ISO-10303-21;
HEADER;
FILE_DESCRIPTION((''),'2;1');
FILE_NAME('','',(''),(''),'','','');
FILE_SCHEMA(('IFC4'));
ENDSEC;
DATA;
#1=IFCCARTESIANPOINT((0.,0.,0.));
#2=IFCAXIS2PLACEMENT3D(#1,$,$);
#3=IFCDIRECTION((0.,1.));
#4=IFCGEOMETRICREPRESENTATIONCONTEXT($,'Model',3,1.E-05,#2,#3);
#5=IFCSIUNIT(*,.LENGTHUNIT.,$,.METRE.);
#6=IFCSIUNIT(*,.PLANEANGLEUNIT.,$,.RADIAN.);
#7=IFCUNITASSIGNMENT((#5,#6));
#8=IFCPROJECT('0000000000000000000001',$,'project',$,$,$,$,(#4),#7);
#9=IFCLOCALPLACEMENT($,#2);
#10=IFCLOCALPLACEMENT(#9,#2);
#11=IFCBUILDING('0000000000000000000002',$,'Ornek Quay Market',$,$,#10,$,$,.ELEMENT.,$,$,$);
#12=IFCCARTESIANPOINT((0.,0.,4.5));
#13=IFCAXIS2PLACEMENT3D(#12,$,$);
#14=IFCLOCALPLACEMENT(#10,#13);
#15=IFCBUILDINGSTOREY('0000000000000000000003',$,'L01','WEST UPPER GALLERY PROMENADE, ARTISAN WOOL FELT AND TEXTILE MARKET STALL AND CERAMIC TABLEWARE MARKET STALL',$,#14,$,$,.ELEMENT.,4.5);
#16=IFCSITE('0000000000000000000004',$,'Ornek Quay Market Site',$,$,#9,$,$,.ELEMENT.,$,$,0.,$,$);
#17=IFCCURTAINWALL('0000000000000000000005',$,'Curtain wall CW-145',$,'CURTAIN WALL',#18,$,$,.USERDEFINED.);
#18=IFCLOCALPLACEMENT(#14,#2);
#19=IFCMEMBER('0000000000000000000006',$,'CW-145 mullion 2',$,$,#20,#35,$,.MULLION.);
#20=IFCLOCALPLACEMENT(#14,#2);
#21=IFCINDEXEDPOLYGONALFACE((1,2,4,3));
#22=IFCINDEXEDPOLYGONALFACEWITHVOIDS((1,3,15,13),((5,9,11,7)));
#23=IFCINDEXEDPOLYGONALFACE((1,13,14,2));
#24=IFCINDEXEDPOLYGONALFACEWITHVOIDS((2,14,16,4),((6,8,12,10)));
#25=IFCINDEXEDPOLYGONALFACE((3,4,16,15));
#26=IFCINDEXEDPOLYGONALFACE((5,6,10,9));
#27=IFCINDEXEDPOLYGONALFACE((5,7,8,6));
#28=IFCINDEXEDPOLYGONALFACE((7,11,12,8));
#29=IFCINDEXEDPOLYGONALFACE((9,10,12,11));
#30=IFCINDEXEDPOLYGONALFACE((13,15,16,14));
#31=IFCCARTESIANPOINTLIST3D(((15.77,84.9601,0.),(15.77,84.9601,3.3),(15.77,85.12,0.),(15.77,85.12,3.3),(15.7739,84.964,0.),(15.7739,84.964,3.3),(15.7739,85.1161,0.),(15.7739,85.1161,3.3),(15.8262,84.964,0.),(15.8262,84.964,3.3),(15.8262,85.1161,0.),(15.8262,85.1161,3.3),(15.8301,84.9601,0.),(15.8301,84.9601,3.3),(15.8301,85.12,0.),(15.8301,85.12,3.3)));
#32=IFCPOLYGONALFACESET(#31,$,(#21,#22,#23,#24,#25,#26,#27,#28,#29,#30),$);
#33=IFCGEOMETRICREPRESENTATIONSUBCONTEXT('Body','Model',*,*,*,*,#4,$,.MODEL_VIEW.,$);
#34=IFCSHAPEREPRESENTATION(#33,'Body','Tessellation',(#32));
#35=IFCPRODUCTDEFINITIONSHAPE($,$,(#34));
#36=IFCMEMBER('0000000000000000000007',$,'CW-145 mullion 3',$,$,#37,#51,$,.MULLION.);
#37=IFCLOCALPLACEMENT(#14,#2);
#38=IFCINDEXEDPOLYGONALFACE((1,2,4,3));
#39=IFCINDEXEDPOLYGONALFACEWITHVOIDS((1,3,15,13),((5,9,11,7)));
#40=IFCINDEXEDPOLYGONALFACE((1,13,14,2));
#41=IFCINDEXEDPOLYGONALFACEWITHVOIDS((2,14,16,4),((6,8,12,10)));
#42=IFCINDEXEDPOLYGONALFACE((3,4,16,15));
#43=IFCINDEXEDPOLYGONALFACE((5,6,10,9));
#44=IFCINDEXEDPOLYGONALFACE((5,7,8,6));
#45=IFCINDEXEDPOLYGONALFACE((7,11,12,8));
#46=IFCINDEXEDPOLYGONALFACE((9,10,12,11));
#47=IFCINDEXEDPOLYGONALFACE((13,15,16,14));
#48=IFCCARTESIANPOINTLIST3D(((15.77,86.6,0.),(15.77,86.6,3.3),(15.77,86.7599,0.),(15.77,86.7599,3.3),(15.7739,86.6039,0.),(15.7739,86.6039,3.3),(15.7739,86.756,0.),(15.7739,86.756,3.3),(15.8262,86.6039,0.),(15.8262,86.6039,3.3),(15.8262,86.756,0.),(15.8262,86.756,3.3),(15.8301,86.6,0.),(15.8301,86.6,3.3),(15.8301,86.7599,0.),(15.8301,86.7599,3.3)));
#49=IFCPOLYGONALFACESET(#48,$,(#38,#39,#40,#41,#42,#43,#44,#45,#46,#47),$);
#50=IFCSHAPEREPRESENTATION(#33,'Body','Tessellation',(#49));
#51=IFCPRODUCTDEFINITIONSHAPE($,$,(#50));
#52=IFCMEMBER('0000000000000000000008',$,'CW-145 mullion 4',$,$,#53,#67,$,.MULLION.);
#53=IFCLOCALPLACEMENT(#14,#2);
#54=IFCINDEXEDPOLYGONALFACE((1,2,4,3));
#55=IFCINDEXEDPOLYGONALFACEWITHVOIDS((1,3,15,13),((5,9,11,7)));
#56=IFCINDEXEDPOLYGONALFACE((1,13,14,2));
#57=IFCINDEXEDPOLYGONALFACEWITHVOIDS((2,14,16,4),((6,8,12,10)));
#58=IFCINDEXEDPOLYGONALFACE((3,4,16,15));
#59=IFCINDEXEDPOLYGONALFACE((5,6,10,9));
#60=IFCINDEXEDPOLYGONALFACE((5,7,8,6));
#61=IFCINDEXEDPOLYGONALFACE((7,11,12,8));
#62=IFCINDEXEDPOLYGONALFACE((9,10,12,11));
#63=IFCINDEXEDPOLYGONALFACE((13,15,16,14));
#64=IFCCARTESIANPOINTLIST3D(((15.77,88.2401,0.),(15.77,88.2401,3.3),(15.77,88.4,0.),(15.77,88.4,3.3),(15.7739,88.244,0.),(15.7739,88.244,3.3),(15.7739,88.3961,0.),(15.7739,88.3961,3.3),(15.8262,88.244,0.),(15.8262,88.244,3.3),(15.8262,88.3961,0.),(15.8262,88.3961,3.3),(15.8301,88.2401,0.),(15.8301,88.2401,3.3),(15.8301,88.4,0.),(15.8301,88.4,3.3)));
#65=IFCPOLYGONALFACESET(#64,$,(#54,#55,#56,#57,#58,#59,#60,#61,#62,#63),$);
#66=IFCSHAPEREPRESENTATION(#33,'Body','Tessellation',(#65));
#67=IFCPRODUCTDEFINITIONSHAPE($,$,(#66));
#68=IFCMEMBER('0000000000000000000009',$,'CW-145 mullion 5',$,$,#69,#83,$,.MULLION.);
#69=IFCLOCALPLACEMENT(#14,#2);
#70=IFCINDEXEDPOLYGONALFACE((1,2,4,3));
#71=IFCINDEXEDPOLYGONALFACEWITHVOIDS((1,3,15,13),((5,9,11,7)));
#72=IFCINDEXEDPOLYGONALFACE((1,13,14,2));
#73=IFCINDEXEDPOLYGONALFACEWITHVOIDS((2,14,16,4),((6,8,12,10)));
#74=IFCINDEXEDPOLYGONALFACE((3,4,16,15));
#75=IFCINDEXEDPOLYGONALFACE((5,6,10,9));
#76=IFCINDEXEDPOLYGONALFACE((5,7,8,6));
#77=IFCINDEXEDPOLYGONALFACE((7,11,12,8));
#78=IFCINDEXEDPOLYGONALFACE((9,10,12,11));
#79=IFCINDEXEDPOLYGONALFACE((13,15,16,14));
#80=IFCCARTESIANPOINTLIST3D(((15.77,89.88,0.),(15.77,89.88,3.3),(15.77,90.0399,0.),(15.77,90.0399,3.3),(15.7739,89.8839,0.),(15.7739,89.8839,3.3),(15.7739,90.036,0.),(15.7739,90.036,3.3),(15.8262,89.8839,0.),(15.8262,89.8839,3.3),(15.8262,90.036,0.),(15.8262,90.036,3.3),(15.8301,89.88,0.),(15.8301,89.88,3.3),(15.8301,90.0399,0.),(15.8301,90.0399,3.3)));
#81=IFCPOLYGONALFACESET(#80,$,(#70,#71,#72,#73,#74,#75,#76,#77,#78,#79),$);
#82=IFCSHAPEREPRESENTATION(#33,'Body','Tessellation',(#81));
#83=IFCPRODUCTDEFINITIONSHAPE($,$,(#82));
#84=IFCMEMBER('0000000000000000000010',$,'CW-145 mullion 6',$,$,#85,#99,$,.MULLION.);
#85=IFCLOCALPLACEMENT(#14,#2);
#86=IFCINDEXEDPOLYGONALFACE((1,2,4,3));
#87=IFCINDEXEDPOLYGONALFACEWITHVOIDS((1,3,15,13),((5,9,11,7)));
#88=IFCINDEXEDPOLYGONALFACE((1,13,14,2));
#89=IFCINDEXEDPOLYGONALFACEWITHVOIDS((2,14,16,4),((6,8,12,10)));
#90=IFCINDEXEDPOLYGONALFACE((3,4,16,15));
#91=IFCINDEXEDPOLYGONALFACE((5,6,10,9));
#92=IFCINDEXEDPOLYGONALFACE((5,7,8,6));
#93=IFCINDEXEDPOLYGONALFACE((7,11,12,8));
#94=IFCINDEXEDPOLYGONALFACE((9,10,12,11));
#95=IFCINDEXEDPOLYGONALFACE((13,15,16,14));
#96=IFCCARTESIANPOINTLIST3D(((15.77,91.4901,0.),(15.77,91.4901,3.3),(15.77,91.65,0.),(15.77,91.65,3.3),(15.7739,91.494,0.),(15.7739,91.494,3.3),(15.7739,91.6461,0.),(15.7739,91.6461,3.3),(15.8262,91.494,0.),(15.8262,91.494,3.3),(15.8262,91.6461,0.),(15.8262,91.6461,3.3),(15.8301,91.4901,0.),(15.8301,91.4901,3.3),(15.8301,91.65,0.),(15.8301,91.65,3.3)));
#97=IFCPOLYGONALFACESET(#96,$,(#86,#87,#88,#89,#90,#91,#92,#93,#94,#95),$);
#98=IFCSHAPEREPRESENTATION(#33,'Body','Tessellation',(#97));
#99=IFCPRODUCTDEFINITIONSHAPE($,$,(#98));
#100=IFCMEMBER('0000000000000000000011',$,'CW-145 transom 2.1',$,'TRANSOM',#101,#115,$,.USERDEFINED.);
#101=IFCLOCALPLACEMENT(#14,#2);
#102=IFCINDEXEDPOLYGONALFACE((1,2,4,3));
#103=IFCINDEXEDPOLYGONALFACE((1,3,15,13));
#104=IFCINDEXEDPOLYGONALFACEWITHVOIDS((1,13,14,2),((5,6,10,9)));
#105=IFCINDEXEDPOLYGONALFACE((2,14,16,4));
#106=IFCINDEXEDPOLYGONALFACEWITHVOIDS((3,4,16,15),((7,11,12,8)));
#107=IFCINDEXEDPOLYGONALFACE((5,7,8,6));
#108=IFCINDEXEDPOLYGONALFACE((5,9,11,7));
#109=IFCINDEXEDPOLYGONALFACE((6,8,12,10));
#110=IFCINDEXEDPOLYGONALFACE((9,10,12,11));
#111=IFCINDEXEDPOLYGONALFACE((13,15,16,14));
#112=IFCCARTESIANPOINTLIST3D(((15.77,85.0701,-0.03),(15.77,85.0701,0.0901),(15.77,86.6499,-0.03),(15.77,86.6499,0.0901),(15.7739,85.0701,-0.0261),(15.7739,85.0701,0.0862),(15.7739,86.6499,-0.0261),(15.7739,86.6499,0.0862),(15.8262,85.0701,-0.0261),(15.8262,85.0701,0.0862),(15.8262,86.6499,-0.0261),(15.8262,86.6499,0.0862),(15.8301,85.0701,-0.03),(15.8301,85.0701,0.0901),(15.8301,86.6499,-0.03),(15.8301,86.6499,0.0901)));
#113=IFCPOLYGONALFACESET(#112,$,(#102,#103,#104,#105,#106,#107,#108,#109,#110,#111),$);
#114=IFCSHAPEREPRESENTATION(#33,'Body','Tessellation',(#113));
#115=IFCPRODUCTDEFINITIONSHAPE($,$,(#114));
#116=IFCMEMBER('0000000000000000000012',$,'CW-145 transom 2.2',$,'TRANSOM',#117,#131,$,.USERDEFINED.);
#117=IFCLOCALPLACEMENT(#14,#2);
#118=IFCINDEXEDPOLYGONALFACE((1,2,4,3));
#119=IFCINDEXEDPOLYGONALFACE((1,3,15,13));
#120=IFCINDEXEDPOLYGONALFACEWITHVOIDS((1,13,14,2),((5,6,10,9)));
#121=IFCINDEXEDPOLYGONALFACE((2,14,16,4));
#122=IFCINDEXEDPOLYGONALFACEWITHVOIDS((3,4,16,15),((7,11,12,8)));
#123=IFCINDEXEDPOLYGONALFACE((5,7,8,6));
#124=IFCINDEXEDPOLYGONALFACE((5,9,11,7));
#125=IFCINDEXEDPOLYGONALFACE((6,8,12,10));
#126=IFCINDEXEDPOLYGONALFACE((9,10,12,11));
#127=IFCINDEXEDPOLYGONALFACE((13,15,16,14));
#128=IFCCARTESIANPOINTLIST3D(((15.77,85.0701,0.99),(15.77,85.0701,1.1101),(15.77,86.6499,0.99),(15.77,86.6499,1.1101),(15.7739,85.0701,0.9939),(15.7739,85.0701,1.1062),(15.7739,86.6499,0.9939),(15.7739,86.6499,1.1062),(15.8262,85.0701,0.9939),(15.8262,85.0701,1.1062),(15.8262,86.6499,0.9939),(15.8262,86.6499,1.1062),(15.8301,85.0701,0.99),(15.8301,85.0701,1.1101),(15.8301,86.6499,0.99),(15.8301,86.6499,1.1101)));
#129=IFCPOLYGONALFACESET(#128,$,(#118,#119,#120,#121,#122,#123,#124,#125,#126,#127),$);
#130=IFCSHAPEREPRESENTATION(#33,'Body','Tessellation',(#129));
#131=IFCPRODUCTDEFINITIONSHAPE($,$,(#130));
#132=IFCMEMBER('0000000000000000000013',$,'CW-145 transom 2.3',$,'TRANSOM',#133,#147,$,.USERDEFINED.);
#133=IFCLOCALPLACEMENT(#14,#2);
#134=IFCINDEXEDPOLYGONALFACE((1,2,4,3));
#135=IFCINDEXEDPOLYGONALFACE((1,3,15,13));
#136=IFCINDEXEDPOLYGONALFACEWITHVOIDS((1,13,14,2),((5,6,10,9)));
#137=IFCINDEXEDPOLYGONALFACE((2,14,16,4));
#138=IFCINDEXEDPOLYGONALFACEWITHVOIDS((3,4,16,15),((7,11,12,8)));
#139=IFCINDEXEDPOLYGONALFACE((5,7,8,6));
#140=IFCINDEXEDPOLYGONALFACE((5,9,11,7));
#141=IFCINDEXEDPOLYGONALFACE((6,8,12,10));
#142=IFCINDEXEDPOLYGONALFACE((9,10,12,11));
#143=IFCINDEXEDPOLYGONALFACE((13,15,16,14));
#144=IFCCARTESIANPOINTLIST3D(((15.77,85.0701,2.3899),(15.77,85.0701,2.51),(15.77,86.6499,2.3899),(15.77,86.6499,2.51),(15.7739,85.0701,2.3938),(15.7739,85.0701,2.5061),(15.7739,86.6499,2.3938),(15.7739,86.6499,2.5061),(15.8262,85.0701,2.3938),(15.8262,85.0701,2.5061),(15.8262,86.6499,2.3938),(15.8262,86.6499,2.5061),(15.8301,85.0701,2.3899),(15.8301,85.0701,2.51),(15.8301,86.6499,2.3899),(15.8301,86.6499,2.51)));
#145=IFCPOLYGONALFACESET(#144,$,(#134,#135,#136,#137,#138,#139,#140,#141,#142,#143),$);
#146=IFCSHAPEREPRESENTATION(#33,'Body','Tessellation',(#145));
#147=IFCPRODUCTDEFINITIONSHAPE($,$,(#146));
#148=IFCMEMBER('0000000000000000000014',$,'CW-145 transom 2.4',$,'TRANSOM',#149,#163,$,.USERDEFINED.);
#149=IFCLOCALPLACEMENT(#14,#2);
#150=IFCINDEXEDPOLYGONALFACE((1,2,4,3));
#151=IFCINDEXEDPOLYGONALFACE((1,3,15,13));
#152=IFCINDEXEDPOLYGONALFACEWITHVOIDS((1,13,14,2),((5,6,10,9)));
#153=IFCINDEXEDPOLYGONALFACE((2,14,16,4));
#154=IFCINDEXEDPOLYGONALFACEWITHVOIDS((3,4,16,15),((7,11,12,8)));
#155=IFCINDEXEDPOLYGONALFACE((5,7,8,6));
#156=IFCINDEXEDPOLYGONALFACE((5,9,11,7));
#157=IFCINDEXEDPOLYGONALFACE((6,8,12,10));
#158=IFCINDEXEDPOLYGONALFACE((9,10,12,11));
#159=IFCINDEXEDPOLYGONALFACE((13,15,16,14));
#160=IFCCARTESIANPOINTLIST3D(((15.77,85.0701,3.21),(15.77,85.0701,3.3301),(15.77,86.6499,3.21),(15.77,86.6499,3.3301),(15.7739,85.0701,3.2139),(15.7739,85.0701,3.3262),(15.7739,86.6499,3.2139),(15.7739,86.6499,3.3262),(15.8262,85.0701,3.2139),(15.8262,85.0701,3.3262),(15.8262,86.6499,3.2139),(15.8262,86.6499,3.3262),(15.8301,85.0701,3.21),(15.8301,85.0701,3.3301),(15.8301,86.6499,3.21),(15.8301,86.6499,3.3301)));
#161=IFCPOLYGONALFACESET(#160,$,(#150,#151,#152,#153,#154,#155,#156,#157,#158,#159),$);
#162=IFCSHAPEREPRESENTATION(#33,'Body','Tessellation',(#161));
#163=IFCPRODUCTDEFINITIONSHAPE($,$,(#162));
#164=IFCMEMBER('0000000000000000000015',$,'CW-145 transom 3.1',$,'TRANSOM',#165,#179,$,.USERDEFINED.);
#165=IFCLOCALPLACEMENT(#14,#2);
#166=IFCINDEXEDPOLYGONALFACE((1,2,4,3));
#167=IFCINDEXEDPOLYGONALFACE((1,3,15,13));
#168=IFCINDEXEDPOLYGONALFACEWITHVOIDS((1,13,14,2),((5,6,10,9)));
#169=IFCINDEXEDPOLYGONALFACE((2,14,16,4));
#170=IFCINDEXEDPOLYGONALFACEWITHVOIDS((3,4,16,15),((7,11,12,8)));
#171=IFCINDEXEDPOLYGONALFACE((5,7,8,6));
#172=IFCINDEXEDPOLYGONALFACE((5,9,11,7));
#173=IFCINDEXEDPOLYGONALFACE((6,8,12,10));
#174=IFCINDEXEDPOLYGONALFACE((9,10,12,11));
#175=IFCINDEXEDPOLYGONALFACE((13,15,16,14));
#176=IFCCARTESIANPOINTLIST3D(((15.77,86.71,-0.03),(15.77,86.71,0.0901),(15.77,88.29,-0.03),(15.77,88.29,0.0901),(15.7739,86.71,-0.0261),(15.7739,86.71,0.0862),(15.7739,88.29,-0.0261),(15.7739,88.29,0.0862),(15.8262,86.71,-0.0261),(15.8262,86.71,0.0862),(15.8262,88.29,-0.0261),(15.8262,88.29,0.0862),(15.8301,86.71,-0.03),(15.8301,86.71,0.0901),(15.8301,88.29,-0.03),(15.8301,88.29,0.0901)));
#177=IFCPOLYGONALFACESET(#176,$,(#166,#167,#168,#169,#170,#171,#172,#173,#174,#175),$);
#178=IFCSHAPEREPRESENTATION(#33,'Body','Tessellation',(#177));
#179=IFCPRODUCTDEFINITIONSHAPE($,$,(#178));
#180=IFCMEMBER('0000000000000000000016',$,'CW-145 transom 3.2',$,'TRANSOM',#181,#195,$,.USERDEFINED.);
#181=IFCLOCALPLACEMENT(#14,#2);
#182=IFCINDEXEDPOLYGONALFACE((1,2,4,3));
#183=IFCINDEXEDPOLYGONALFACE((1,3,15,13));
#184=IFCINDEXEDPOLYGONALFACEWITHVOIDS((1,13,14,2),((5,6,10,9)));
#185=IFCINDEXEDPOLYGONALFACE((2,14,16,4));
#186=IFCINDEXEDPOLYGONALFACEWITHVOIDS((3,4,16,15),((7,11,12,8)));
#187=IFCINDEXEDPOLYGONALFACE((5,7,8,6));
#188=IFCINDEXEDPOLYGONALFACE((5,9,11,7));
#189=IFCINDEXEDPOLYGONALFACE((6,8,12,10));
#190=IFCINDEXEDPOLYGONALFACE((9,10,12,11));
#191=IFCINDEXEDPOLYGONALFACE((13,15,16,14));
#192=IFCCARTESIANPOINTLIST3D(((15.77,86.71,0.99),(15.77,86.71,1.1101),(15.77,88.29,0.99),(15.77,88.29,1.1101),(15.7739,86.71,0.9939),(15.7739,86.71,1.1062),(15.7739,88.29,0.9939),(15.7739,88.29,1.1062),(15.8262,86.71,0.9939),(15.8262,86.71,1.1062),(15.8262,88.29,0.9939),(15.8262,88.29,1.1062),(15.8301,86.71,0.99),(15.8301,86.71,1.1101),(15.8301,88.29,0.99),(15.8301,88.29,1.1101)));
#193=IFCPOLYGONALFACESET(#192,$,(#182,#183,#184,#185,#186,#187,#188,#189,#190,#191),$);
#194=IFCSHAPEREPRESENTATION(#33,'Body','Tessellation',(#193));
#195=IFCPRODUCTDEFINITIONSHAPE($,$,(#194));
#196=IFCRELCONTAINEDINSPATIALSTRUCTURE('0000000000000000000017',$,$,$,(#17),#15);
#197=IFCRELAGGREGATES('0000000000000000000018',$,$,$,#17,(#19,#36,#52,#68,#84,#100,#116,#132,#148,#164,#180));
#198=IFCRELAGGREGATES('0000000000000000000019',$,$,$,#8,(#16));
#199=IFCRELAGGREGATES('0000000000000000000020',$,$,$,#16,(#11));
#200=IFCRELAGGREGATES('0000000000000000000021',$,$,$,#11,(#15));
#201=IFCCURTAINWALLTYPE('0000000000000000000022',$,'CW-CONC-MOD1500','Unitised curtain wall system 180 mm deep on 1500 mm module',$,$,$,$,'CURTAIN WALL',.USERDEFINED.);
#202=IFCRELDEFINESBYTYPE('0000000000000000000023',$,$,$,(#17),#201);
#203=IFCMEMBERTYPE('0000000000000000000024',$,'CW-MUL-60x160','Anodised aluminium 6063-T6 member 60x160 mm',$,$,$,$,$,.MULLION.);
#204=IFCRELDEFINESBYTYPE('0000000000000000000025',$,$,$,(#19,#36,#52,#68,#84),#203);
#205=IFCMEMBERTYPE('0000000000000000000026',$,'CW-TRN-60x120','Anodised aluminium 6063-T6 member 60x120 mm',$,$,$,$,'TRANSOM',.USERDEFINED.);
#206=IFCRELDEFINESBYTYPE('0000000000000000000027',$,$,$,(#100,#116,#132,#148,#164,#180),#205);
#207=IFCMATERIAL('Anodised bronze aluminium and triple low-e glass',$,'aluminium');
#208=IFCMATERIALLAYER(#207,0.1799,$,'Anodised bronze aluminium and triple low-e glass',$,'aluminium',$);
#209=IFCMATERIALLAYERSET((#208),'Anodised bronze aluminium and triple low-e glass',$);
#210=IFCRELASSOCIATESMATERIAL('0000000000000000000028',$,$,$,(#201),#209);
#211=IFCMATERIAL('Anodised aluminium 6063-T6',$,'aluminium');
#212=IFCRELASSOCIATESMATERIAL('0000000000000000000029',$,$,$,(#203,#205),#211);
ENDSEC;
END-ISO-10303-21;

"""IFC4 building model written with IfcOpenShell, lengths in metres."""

from ifc_helpers import new_model, si_unit, direction, frame, origin, origin_2d, place, context, subcontext, project, spatial, hollow_rectangle, extrude, material, layer, layer_set, material_profile, profile_set, type_object, element, aggregate, save


model = new_model("IFC4")

# Units and contexts
model_context = context("Model", 3, precision=1e-05, world=origin(), true_north=direction((0.0, 1.0)))
body_context = subcontext(model_context, "Body", "Model", "MODEL_VIEW")
ifc_project = project(units=[si_unit("LENGTHUNIT", "METRE"), si_unit("PLANEANGLEUNIT", "RADIAN")], contexts=[model_context])

# Site, building, storey
site_placement = place(None, origin())
site = spatial("IfcSite", under=ifc_project, at=site_placement, Name="Ornek Quay Market Site", CompositionType="ELEMENT", RefElevation=0.0)
building_placement = place(site_placement, origin())
building = spatial("IfcBuilding", under=site, at=building_placement, Name="Ornek Quay Market", CompositionType="ELEMENT")
storey_placement = place(building_placement, frame((0.0, 0.0, 4.5)))
storey = spatial("IfcBuildingStorey", under=building, at=storey_placement, Name="L01", Description="WEST UPPER GALLERY PROMENADE, ARTISAN WOOL FELT AND TEXTILE MARKET STALL AND CERAMIC TABLEWARE MARKET STALL", CompositionType="ELEMENT", Elevation=4.5)

# Curtain wall, members
ifc_material_1 = material(Name="Anodised bronze aluminium and triple low-e glass", Category="aluminium")
ifc_layer_1 = layer(ifc_material_1, 0.1799, Name="Anodised bronze aluminium and triple low-e glass", Category="aluminium")
ifc_layer_set_1 = layer_set([ifc_layer_1], Name="Anodised bronze aluminium and triple low-e glass")
curtain_wall_type = type_object("IfcCurtainWallType", Name="CW-CONC-MOD1500", Description="Unitised curtain wall system 180 mm deep on 1500 mm module", ElementType="CURTAIN WALL", PredefinedType="USERDEFINED", material=ifc_layer_set_1)
curtain_wall_placement = place(storey_placement, origin())
curtain_wall = element("IfcCurtainWall", 1, at=curtain_wall_placement, inside=storey, type_object=curtain_wall_type, Name="Curtain wall CW-145", ObjectType="CURTAIN WALL", PredefinedType="USERDEFINED")
ifc_material_2 = material(Name="Anodised aluminium 6063-T6", Category="aluminium")
ifc_material_profile_1 = material_profile(ifc_material_2, hollow_rectangle(XDim=0.0601, YDim=0.1599, WallThickness=0.0039, at=origin_2d()), Name="CW-MUL-60x160", Category="aluminium")
ifc_profile_set_1 = profile_set([ifc_material_profile_1], Name="Anodised aluminium 6063-T6")
member_type_1 = type_object("IfcMemberType", Name="CW-MUL-60x160", Description="Anodised aluminium 6063-T6 member 60x160 mm", PredefinedType="MULLION", material=ifc_profile_set_1)
member_1_placement = place(storey_placement, frame((15.8, 85.04, 0.0), z_axis=(0.0, 0.0, 1.0), x_axis=(-1.0, 0.0, 0.0)))
member_1 = element("IfcMember", 2, at=member_1_placement, type_object=member_type_1, Name="CW-145 mullion 2", PredefinedType="MULLION", context=body_context, shape_type="SweptSolid", body=[
    extrude(hollow_rectangle(XDim=0.0601, YDim=0.1599, WallThickness=0.0039, at=origin_2d()), origin(), (0.0, 0.0, 1.0), 3.3),
])
member_2_placement = place(storey_placement, frame((15.8, 86.6799, 0.0), z_axis=(0.0, 0.0, 1.0), x_axis=(-1.0, 0.0, 0.0)))
member_2 = element("IfcMember", 3, at=member_2_placement, type_object=member_type_1, Name="CW-145 mullion 3", PredefinedType="MULLION", context=body_context, shape_type="SweptSolid", body=[
    extrude(hollow_rectangle(XDim=0.0601, YDim=0.1599, WallThickness=0.0039, at=origin_2d()), origin(), (0.0, 0.0, 1.0), 3.3),
])
member_3_placement = place(storey_placement, frame((15.8, 88.3201, 0.0), z_axis=(0.0, 0.0, 1.0), x_axis=(-1.0, 0.0, 0.0)))
member_3 = element("IfcMember", 4, at=member_3_placement, type_object=member_type_1, Name="CW-145 mullion 4", PredefinedType="MULLION", context=body_context, shape_type="SweptSolid", body=[
    extrude(hollow_rectangle(XDim=0.0601, YDim=0.1599, WallThickness=0.0039, at=origin_2d()), origin(), (0.0, 0.0, 1.0), 3.3),
])
member_4_placement = place(storey_placement, frame((15.8, 89.96, 0.0), z_axis=(0.0, 0.0, 1.0), x_axis=(-1.0, 0.0, 0.0)))
member_4 = element("IfcMember", 5, at=member_4_placement, type_object=member_type_1, Name="CW-145 mullion 5", PredefinedType="MULLION", context=body_context, shape_type="SweptSolid", body=[
    extrude(hollow_rectangle(XDim=0.0601, YDim=0.1599, WallThickness=0.0039, at=origin_2d()), origin(), (0.0, 0.0, 1.0), 3.3),
])
member_5_placement = place(storey_placement, frame((15.8, 91.5701, 0.0), z_axis=(0.0, 0.0, 1.0), x_axis=(-1.0, 0.0, 0.0)))
member_5 = element("IfcMember", 6, at=member_5_placement, type_object=member_type_1, Name="CW-145 mullion 6", PredefinedType="MULLION", context=body_context, shape_type="SweptSolid", body=[
    extrude(hollow_rectangle(XDim=0.0601, YDim=0.1599, WallThickness=0.0039, at=origin_2d()), origin(), (0.0, 0.0, 1.0), 3.3),
])
ifc_material_profile_2 = material_profile(ifc_material_2, hollow_rectangle(XDim=0.0601, YDim=0.1201, WallThickness=0.0039, at=origin_2d()), Name="CW-TRN-60x120", Category="aluminium")
ifc_profile_set_2 = profile_set([ifc_material_profile_2], Name="Anodised aluminium 6063-T6")
member_type_2 = type_object("IfcMemberType", Name="CW-TRN-60x120", Description="Anodised aluminium 6063-T6 member 60x120 mm", ElementType="TRANSOM", PredefinedType="USERDEFINED", material=ifc_profile_set_2)
member_6_placement = place(storey_placement, frame((15.8, 85.0701, 0.03), z_axis=(0.0, 1.0, 0.0), x_axis=(-1.0, 0.0, 0.0)))
member_6 = element("IfcMember", 7, at=member_6_placement, type_object=member_type_2, Name="CW-145 transom 2.1", ObjectType="TRANSOM", PredefinedType="USERDEFINED", context=body_context, shape_type="SweptSolid", body=[
    extrude(hollow_rectangle(XDim=0.0601, YDim=0.1201, WallThickness=0.0039, at=origin_2d()), origin(), (0.0, 0.0, 1.0), 1.5798),
])
member_7_placement = place(storey_placement, frame((15.8, 85.0701, 1.05), z_axis=(0.0, 1.0, 0.0), x_axis=(-1.0, 0.0, 0.0)))
member_7 = element("IfcMember", 8, at=member_7_placement, type_object=member_type_2, Name="CW-145 transom 2.2", ObjectType="TRANSOM", PredefinedType="USERDEFINED", context=body_context, shape_type="SweptSolid", body=[
    extrude(hollow_rectangle(XDim=0.0601, YDim=0.1201, WallThickness=0.0039, at=origin_2d()), origin(), (0.0, 0.0, 1.0), 1.5798),
])
member_8_placement = place(storey_placement, frame((15.8, 85.0701, 2.45), z_axis=(0.0, 1.0, 0.0), x_axis=(-1.0, 0.0, 0.0)))
member_8 = element("IfcMember", 9, at=member_8_placement, type_object=member_type_2, Name="CW-145 transom 2.3", ObjectType="TRANSOM", PredefinedType="USERDEFINED", context=body_context, shape_type="SweptSolid", body=[
    extrude(hollow_rectangle(XDim=0.0601, YDim=0.1201, WallThickness=0.0039, at=origin_2d()), origin(), (0.0, 0.0, 1.0), 1.5798),
])
member_9_placement = place(storey_placement, frame((15.8, 85.0701, 3.27), z_axis=(0.0, 1.0, 0.0), x_axis=(-1.0, 0.0, 0.0)))
member_9 = element("IfcMember", 10, at=member_9_placement, type_object=member_type_2, Name="CW-145 transom 2.4", ObjectType="TRANSOM", PredefinedType="USERDEFINED", context=body_context, shape_type="SweptSolid", body=[
    extrude(hollow_rectangle(XDim=0.0601, YDim=0.1201, WallThickness=0.0039, at=origin_2d()), origin(), (0.0, 0.0, 1.0), 1.5798),
])
member_10_placement = place(storey_placement, frame((15.8, 86.71, 0.03), z_axis=(0.0, 1.0, 0.0), x_axis=(-1.0, 0.0, 0.0)))
member_10 = element("IfcMember", 11, at=member_10_placement, type_object=member_type_2, Name="CW-145 transom 3.1", ObjectType="TRANSOM", PredefinedType="USERDEFINED", context=body_context, shape_type="SweptSolid", body=[
    extrude(hollow_rectangle(XDim=0.0601, YDim=0.1201, WallThickness=0.0039, at=origin_2d()), origin(), (0.0, 0.0, 1.0), 1.5801),
])
member_11_placement = place(storey_placement, frame((15.8, 86.71, 1.05), z_axis=(0.0, 1.0, 0.0), x_axis=(-1.0, 0.0, 0.0)))
member_11 = element("IfcMember", 12, at=member_11_placement, type_object=member_type_2, Name="CW-145 transom 3.2", ObjectType="TRANSOM", PredefinedType="USERDEFINED", context=body_context, shape_type="SweptSolid", body=[
    extrude(hollow_rectangle(XDim=0.0601, YDim=0.1201, WallThickness=0.0039, at=origin_2d()), origin(), (0.0, 0.0, 1.0), 1.5801),
])
aggregate(curtain_wall, [member_1, member_2, member_3, member_4, member_5, member_6, member_7, member_8, member_9, member_10, member_11])

save(model, "model.ifc")
